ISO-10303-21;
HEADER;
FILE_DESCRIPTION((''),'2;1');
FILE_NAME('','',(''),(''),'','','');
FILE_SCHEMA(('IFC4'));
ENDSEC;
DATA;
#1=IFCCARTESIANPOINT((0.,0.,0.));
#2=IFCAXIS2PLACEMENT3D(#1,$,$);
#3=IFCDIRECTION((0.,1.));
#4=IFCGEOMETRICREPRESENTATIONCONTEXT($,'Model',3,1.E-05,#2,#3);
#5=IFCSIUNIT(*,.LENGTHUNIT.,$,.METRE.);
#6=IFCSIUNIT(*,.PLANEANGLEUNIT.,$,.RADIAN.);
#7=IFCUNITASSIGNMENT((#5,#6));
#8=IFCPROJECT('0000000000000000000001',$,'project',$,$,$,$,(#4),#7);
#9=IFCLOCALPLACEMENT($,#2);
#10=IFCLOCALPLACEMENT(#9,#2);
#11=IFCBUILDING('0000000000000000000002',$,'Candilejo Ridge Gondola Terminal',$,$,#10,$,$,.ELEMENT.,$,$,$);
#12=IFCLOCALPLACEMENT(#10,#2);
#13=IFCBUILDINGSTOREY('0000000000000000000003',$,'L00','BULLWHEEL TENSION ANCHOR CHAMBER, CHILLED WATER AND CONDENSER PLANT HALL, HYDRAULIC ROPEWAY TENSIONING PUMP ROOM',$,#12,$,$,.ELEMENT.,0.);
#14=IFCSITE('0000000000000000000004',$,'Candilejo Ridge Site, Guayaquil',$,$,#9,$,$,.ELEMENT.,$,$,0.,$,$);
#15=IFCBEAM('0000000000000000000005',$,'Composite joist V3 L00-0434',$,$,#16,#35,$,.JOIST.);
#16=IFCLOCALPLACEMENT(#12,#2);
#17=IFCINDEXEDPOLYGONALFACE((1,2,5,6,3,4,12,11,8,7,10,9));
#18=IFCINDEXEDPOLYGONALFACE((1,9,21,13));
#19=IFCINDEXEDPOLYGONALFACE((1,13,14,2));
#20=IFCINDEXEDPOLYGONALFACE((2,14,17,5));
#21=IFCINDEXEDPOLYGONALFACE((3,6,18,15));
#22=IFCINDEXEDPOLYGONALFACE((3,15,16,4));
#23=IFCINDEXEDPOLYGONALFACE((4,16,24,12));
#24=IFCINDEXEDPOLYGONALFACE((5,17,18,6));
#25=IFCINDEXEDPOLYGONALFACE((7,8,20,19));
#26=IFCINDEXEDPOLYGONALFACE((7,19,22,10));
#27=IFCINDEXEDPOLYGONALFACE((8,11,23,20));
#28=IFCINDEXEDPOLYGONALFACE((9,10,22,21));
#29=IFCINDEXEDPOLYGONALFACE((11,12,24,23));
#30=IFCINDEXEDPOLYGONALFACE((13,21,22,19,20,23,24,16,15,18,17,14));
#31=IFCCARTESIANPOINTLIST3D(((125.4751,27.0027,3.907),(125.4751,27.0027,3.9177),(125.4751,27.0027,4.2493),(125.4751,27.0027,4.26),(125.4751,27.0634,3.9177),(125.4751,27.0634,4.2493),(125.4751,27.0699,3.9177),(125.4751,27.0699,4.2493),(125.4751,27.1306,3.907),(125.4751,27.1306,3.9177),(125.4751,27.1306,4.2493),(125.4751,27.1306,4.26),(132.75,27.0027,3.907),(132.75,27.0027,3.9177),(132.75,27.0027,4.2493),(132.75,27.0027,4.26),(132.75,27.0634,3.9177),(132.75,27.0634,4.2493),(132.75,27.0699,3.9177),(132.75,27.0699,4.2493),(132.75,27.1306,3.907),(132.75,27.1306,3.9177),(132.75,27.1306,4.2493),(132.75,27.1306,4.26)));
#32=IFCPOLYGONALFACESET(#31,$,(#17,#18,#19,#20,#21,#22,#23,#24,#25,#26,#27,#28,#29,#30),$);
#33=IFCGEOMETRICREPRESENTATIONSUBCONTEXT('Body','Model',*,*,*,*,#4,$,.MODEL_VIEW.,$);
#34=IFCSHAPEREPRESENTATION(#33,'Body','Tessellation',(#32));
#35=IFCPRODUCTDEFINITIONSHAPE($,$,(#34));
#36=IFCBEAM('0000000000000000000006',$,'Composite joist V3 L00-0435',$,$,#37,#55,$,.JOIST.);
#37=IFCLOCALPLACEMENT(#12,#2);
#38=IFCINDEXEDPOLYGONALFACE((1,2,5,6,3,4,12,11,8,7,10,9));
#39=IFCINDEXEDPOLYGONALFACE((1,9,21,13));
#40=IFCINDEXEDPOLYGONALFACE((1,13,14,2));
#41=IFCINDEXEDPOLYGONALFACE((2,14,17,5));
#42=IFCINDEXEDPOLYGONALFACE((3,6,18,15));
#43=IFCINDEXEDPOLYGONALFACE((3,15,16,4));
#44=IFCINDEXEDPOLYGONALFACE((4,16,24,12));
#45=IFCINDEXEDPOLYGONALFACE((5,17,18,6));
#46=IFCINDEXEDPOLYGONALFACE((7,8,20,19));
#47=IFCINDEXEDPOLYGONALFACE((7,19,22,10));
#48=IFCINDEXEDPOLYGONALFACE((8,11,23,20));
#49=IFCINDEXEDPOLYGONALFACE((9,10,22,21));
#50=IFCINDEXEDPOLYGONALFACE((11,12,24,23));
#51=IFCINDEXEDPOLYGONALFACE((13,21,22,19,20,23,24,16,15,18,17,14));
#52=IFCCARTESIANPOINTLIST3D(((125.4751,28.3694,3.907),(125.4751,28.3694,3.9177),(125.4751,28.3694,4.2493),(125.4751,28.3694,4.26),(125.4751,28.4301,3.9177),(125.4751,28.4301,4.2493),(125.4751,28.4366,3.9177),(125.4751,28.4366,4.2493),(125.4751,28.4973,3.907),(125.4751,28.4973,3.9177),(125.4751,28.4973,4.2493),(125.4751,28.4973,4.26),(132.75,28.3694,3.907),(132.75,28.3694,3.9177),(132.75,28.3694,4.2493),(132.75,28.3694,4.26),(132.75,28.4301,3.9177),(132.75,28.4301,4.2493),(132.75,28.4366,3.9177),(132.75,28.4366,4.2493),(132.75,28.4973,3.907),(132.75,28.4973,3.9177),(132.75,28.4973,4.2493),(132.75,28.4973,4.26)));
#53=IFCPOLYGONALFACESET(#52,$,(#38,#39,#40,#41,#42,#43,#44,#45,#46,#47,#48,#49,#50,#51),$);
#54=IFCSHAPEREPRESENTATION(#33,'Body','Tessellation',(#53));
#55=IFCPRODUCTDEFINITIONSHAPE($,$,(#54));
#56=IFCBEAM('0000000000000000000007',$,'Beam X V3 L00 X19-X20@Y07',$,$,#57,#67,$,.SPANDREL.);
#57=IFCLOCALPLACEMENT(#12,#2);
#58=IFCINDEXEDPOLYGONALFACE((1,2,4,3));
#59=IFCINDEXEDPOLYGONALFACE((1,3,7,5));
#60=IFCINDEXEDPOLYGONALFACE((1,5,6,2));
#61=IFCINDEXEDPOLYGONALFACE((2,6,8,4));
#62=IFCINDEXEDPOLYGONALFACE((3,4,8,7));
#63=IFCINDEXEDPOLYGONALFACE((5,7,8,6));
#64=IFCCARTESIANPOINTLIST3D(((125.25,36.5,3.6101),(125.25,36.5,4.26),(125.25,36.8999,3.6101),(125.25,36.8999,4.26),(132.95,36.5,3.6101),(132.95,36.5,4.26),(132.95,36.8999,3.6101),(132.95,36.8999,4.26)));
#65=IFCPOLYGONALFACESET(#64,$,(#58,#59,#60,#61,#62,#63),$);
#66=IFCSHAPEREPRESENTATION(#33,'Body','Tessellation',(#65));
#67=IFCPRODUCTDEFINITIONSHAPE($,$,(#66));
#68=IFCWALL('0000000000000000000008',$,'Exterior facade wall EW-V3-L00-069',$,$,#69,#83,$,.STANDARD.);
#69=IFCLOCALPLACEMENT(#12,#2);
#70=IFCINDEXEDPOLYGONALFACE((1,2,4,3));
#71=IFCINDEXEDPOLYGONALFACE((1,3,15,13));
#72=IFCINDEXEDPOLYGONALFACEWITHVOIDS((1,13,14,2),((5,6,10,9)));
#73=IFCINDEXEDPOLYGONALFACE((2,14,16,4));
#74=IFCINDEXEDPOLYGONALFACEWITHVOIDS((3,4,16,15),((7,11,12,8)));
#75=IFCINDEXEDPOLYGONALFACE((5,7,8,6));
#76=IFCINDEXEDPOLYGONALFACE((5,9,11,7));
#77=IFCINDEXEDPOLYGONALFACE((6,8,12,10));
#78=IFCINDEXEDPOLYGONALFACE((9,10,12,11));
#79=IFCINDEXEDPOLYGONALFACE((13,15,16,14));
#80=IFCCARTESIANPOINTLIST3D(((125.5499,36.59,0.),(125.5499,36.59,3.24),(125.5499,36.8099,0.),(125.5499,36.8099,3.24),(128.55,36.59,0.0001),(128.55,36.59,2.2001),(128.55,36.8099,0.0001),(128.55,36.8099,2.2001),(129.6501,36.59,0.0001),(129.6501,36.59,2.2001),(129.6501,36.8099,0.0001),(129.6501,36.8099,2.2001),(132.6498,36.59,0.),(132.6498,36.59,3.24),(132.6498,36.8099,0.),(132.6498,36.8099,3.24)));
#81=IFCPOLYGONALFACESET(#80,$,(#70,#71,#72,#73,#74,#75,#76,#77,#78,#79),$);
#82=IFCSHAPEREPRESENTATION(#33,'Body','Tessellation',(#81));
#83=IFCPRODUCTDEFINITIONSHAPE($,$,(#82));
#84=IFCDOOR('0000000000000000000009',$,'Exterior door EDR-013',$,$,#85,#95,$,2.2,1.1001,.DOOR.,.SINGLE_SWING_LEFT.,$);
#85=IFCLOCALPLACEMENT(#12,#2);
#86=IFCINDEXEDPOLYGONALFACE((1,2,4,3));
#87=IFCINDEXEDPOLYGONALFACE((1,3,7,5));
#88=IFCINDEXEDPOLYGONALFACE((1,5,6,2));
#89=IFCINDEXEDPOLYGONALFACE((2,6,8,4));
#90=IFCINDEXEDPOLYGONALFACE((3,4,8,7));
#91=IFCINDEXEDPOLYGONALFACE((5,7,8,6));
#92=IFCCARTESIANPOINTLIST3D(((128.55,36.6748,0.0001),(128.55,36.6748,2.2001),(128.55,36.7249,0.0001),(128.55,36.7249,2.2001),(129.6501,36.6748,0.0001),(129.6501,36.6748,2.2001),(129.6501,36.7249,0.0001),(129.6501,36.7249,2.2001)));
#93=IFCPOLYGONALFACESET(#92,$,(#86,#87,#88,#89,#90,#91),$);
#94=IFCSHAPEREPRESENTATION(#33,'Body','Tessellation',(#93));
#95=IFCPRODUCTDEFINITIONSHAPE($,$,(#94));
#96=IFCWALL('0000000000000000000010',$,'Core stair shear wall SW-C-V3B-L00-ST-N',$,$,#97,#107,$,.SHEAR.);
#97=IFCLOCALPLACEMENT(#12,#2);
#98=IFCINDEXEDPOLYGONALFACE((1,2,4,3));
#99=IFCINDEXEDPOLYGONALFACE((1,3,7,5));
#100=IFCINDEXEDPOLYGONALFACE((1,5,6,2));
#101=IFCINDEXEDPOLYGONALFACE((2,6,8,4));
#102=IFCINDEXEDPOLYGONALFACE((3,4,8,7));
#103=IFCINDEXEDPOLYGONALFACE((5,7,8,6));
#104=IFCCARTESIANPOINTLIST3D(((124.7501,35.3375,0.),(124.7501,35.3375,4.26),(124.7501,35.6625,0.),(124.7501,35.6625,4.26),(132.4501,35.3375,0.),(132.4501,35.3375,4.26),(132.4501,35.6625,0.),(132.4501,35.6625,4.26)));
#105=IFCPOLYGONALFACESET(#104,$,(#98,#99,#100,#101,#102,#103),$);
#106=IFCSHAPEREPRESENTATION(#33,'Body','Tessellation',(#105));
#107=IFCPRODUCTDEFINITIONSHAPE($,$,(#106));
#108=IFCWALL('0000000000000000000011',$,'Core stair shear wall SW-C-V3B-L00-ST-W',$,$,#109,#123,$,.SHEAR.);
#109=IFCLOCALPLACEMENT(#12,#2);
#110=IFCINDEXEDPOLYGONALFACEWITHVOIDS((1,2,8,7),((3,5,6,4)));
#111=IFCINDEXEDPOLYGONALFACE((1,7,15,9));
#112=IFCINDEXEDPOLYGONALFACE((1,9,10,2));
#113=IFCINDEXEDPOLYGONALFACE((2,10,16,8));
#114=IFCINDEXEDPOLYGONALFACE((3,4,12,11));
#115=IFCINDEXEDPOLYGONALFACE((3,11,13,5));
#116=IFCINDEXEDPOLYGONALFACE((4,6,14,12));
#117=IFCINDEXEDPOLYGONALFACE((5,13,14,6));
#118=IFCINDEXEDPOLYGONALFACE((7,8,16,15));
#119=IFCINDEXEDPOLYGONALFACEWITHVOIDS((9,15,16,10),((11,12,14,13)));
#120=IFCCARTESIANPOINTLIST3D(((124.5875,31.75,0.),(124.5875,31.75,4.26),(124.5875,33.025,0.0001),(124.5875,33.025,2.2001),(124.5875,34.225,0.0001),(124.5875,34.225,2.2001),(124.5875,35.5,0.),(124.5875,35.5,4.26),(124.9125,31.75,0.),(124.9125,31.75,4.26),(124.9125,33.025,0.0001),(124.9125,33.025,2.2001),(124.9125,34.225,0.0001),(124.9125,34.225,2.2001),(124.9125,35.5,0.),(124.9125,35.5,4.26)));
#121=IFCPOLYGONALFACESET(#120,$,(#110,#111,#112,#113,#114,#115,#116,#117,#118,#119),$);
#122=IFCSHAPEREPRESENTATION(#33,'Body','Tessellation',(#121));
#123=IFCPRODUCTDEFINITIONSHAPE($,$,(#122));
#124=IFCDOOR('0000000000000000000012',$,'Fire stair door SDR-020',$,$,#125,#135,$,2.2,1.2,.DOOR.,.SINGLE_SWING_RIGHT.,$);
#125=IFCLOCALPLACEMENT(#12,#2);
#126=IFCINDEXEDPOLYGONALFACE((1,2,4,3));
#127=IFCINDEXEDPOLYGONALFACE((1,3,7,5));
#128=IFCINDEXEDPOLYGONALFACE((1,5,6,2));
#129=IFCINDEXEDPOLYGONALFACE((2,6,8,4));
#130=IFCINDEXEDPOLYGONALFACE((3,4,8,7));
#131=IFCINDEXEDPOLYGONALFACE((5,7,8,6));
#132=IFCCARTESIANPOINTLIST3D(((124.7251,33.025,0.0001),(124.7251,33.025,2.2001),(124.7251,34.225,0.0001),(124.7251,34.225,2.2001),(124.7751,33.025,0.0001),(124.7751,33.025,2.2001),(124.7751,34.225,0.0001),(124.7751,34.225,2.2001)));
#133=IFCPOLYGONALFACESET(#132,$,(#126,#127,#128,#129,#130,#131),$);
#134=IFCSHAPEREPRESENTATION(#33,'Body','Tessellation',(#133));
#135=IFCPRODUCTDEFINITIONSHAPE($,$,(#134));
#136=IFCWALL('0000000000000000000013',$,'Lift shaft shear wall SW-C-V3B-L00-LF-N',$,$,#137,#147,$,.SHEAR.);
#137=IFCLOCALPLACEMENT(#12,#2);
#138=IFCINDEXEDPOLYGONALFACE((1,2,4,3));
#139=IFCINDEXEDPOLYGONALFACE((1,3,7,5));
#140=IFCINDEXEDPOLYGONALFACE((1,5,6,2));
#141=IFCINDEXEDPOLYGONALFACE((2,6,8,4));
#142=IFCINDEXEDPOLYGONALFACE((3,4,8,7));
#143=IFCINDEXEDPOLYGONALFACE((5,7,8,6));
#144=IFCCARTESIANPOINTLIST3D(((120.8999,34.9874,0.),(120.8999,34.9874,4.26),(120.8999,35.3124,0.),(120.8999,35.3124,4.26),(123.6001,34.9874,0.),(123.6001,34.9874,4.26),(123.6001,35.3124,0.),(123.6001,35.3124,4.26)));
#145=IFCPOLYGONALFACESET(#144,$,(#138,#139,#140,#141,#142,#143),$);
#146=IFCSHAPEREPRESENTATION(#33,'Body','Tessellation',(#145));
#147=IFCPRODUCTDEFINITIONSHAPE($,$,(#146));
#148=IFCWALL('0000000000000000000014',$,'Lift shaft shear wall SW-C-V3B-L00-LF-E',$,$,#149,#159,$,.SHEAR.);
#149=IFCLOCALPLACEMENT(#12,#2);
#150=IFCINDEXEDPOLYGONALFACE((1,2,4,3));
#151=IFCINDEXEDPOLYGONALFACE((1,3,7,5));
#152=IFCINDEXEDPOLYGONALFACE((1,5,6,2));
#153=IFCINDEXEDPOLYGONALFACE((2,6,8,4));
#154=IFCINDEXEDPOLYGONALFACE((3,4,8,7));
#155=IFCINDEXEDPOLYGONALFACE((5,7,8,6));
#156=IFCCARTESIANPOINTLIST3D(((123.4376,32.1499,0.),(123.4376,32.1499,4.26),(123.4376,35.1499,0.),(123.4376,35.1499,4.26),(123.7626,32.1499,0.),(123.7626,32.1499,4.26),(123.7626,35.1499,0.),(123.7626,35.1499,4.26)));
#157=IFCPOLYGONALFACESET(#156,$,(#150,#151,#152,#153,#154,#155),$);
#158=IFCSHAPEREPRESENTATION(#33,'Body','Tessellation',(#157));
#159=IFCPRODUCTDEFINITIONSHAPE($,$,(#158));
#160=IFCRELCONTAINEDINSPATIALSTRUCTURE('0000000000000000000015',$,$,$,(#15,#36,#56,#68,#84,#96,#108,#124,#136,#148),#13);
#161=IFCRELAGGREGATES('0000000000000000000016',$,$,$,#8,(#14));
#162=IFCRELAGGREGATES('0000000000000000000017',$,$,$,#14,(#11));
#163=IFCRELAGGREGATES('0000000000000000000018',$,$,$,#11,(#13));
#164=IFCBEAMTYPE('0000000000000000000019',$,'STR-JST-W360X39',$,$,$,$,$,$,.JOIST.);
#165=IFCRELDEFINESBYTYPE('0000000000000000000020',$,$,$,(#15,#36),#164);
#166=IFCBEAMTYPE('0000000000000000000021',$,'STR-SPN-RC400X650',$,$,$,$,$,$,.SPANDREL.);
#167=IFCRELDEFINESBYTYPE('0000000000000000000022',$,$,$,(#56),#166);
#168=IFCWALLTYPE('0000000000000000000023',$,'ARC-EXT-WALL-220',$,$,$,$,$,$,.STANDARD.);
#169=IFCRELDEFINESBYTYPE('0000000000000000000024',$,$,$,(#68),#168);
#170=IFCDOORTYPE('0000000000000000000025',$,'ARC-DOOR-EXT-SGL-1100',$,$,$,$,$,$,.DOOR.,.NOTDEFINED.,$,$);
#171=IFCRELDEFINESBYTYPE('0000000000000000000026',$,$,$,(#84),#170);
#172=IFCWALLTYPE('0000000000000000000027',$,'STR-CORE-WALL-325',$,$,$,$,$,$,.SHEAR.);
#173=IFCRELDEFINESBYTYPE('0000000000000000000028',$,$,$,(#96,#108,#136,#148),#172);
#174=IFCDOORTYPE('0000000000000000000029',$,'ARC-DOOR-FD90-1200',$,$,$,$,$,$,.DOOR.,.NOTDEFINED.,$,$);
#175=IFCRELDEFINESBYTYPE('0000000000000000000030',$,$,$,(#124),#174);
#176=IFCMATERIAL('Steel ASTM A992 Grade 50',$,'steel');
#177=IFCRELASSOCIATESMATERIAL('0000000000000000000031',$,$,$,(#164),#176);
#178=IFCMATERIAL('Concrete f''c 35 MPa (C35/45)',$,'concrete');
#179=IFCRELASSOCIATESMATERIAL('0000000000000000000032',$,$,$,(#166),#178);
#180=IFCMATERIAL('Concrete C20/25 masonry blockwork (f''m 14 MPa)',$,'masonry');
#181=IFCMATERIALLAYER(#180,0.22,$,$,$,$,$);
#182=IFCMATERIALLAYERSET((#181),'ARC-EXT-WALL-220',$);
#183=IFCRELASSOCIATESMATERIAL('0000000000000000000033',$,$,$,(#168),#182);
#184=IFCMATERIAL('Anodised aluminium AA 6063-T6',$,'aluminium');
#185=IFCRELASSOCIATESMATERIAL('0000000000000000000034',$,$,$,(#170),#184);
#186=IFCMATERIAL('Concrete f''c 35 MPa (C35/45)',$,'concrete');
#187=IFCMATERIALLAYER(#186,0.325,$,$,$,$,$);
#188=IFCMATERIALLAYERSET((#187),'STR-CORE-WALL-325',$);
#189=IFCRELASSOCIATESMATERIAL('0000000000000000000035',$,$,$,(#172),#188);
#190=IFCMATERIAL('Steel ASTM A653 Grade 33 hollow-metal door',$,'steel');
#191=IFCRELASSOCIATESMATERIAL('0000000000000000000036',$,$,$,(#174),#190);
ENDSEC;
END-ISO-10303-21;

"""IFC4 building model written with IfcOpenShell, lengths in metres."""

from ifc_helpers import new_model, si_unit, direction, frame, frame_2d, origin, origin_2d, place, context, subcontext, project, spatial, rectangle, i_section, extrude, material, layer, layer_set, material_profile, profile_set, type_object, element, fill, save


model = new_model("IFC4")

# Units and contexts
model_context = context("Model", 3, precision=1e-05, world=origin(), true_north=direction((0.0, 1.0)))
body_context = subcontext(model_context, "Body", "Model", "MODEL_VIEW")
ifc_project = project(units=[si_unit("LENGTHUNIT", "METRE"), si_unit("PLANEANGLEUNIT", "RADIAN")], contexts=[model_context])

# Site, building, storey
site_placement = place(None, origin())
site = spatial("IfcSite", under=ifc_project, at=site_placement, Name="Candilejo Ridge Site, Guayaquil", CompositionType="ELEMENT", RefElevation=0.0)
building_placement = place(site_placement, origin())
building = spatial("IfcBuilding", under=site, at=building_placement, Name="Candilejo Ridge Gondola Terminal", CompositionType="ELEMENT")
storey_placement = place(building_placement, origin())
storey = spatial("IfcBuildingStorey", under=building, at=storey_placement, Name="L00", Description="BULLWHEEL TENSION ANCHOR CHAMBER, CHILLED WATER AND CONDENSER PLANT HALL, HYDRAULIC ROPEWAY TENSIONING PUMP ROOM", CompositionType="ELEMENT", Elevation=0.0)

# Beams
ifc_material_1 = material(Name="Steel ASTM A992 Grade 50", Category="steel")
ifc_material_profile_1 = material_profile(ifc_material_1, i_section(OverallWidth=0.1279, OverallDepth=0.353, WebThickness=0.0066, FlangeThickness=0.0107, at=origin_2d()))
ifc_profile_set_1 = profile_set([ifc_material_profile_1], Name="Steel ASTM A992 Grade 50")
beam_type_1 = type_object("IfcBeamType", Name="STR-JST-W360X39", PredefinedType="JOIST", material=ifc_profile_set_1)
for number, where, z_axis, x_axis, name in (
    (1, (125.4751, 27.0667, 4.0835), (1.0, 0.0, 0.0), (0.0, 1.0, 0.0), "Composite joist V3 L00-0434"),
    (2, (125.4751, 28.4333, 4.0835), (1.0, 0.0, 0.0), (0.0, 1.0, 0.0), "Composite joist V3 L00-0435"),
):
    element("IfcBeam", number, at=place(storey_placement, frame(where, z_axis=z_axis, x_axis=x_axis)), inside=storey, type_object=beam_type_1, Name=name, PredefinedType="JOIST", context=body_context, shape_type="SweptSolid", body=[
        extrude(i_section(OverallWidth=0.1279, OverallDepth=0.353, WebThickness=0.0066, FlangeThickness=0.0107, at=origin_2d()), origin(), (0.0, 0.0, 1.0), 7.2749),
    ])
ifc_material_2 = material(Name="Concrete f'c 35 MPa (C35/45)", Category="concrete")
ifc_material_profile_2 = material_profile(ifc_material_2, rectangle(XDim=0.3999, YDim=0.6499, at=origin_2d()))
ifc_profile_set_2 = profile_set([ifc_material_profile_2], Name="Concrete f'c 35 MPa (C35/45)")
beam_type_2 = type_object("IfcBeamType", Name="STR-SPN-RC400X650", PredefinedType="SPANDREL", material=ifc_profile_set_2)
beam_1_placement = place(storey_placement, frame((125.25, 36.7, 3.9351), z_axis=(1.0, 0.0, 0.0), x_axis=(0.0, 1.0, 0.0)))
element("IfcBeam", 3, at=beam_1_placement, inside=storey, type_object=beam_type_2, Name="Beam X V3 L00 X19-X20@Y07", PredefinedType="SPANDREL", context=body_context, shape_type="SweptSolid", body=[
    extrude(rectangle(XDim=0.3999, YDim=0.6499, at=origin_2d()), origin(), (0.0, 0.0, 1.0), 7.7),
])

# Wall, opening, door
ifc_material_3 = material(Name="Concrete C20/25 masonry blockwork (f'm 14 MPa)", Category="masonry")
ifc_layer_1 = layer(ifc_material_3, 0.22)
ifc_layer_set_1 = layer_set([ifc_layer_1], Name="ARC-EXT-WALL-220")
wall_type_1 = type_object("IfcWallType", Name="ARC-EXT-WALL-220", PredefinedType="STANDARD", material=ifc_layer_set_1)
wall_1_placement = place(storey_placement, frame((125.55, 36.7, 0.0), z_axis=(0.0, 0.0, 1.0), x_axis=(1.0, 0.0, 0.0)))
wall_1 = element("IfcWall", 4, at=wall_1_placement, inside=storey, type_object=wall_type_1, Name="Exterior facade wall EW-V3-L00-069", PredefinedType="STANDARD", context=body_context, shape_type="SweptSolid", body=[
    extrude(rectangle(XDim=7.0999, YDim=0.22, at=frame_2d((3.5498, 0.0))), origin(), (0.0, 0.0, 1.0), 3.24),
])
opening_1_placement = place(wall_1_placement, frame((3.0, 0.0, 0.0)))
opening_1 = element("IfcOpeningElement", 5, at=opening_1_placement, cuts=wall_1, PredefinedType="OPENING", context=body_context, shape_type="SweptSolid", body=[
    extrude(rectangle(XDim=1.1001, YDim=2.2, at=frame_2d((0.55, 1.1001))), frame((0.0, 0.1199, 0.0), z_axis=(0.0, -1.0, 0.0), x_axis=(1.0, 0.0, 0.0)), (0.0, 0.0, 1.0), 0.24),
])
ifc_material_4 = material(Name="Anodised aluminium AA 6063-T6", Category="aluminium")
door_type_1 = type_object("IfcDoorType", Name="ARC-DOOR-EXT-SGL-1100", OperationType="NOTDEFINED", PredefinedType="DOOR", material=ifc_material_4)
door_1_placement = place(opening_1_placement, origin())
door_1 = element("IfcDoor", 6, at=door_1_placement, inside=storey, type_object=door_type_1, Name="Exterior door EDR-013", OperationType="SINGLE_SWING_LEFT", OverallHeight=2.2, OverallWidth=1.1001, PredefinedType="DOOR", context=body_context, shape_type="SweptSolid", body=[
    extrude(rectangle(XDim=1.1001, YDim=2.2, at=frame_2d((0.55, 1.1001))), frame((0.0, 0.0249, 0.0), z_axis=(0.0, -1.0, 0.0), x_axis=(1.0, 0.0, 0.0)), (0.0, 0.0, 1.0), 0.05),
])
fill(opening_1, door_1)

# Wall
ifc_material_5 = material(Name="Concrete f'c 35 MPa (C35/45)", Category="concrete")
ifc_layer_2 = layer(ifc_material_5, 0.325)
ifc_layer_set_2 = layer_set([ifc_layer_2], Name="STR-CORE-WALL-325")
wall_type_2 = type_object("IfcWallType", Name="STR-CORE-WALL-325", PredefinedType="SHEAR", material=ifc_layer_set_2)
wall_2_placement = place(storey_placement, frame((124.75, 35.5, 0.0), z_axis=(0.0, 0.0, 1.0), x_axis=(1.0, 0.0, 0.0)))
element("IfcWall", 7, at=wall_2_placement, inside=storey, type_object=wall_type_2, Name="Core stair shear wall SW-C-V3B-L00-ST-N", PredefinedType="SHEAR", context=body_context, shape_type="SweptSolid", body=[
    extrude(rectangle(XDim=7.7, YDim=0.325, at=frame_2d((3.8501, 0.0))), origin(), (0.0, 0.0, 1.0), 4.26),
])

# Wall, opening, door
wall_3_placement = place(storey_placement, frame((124.75, 31.75, 0.0), z_axis=(0.0, 0.0, 1.0), x_axis=(0.0, 1.0, 0.0)))
wall_3 = element("IfcWall", 8, at=wall_3_placement, inside=storey, type_object=wall_type_2, Name="Core stair shear wall SW-C-V3B-L00-ST-W", PredefinedType="SHEAR", context=body_context, shape_type="SweptSolid", body=[
    extrude(rectangle(XDim=3.75, YDim=0.325, at=frame_2d((1.875, 0.0))), origin(), (0.0, 0.0, 1.0), 4.26),
])
opening_2_placement = place(wall_3_placement, frame((1.2749, 0.0, 0.0)))
opening_2 = element("IfcOpeningElement", 9, at=opening_2_placement, cuts=wall_3, PredefinedType="OPENING", context=body_context, shape_type="SweptSolid", body=[
    extrude(rectangle(XDim=1.2, YDim=2.2, at=frame_2d((0.6001, 1.1001))), frame((0.0, 0.1724, 0.0), z_axis=(0.0, -1.0, 0.0), x_axis=(1.0, 0.0, 0.0)), (0.0, 0.0, 1.0), 0.345),
])
ifc_material_6 = material(Name="Steel ASTM A653 Grade 33 hollow-metal door", Category="steel")
door_type_2 = type_object("IfcDoorType", Name="ARC-DOOR-FD90-1200", OperationType="NOTDEFINED", PredefinedType="DOOR", material=ifc_material_6)
door_2_placement = place(opening_2_placement, origin())
door_2 = element("IfcDoor", 10, at=door_2_placement, inside=storey, type_object=door_type_2, Name="Fire stair door SDR-020", OperationType="SINGLE_SWING_RIGHT", OverallHeight=2.2, OverallWidth=1.2, PredefinedType="DOOR", context=body_context, shape_type="SweptSolid", body=[
    extrude(rectangle(XDim=1.2, YDim=2.2, at=frame_2d((0.6001, 1.1001))), frame((0.0, 0.0249, 0.0), z_axis=(0.0, -1.0, 0.0), x_axis=(1.0, 0.0, 0.0)), (0.0, 0.0, 1.0), 0.05),
])
fill(opening_2, door_2)

# Walls
wall_4_placement = place(storey_placement, frame((120.8999, 35.1499, 0.0), z_axis=(0.0, 0.0, 1.0), x_axis=(1.0, 0.0, 0.0)))
element("IfcWall", 11, at=wall_4_placement, inside=storey, type_object=wall_type_2, Name="Lift shaft shear wall SW-C-V3B-L00-LF-N", PredefinedType="SHEAR", context=body_context, shape_type="SweptSolid", body=[
    extrude(rectangle(XDim=2.7002, YDim=0.325, at=frame_2d((1.3501, 0.0))), origin(), (0.0, 0.0, 1.0), 4.26),
])
wall_5_placement = place(storey_placement, frame((123.6001, 32.1499, 0.0), z_axis=(0.0, 0.0, 1.0), x_axis=(0.0, 1.0, 0.0)))
element("IfcWall", 12, at=wall_5_placement, inside=storey, type_object=wall_type_2, Name="Lift shaft shear wall SW-C-V3B-L00-LF-E", PredefinedType="SHEAR", context=body_context, shape_type="SweptSolid", body=[
    extrude(rectangle(XDim=3.0, YDim=0.325, at=frame_2d((1.5, 0.0))), origin(), (0.0, 0.0, 1.0), 4.26),
])

save(model, "model.ifc")
